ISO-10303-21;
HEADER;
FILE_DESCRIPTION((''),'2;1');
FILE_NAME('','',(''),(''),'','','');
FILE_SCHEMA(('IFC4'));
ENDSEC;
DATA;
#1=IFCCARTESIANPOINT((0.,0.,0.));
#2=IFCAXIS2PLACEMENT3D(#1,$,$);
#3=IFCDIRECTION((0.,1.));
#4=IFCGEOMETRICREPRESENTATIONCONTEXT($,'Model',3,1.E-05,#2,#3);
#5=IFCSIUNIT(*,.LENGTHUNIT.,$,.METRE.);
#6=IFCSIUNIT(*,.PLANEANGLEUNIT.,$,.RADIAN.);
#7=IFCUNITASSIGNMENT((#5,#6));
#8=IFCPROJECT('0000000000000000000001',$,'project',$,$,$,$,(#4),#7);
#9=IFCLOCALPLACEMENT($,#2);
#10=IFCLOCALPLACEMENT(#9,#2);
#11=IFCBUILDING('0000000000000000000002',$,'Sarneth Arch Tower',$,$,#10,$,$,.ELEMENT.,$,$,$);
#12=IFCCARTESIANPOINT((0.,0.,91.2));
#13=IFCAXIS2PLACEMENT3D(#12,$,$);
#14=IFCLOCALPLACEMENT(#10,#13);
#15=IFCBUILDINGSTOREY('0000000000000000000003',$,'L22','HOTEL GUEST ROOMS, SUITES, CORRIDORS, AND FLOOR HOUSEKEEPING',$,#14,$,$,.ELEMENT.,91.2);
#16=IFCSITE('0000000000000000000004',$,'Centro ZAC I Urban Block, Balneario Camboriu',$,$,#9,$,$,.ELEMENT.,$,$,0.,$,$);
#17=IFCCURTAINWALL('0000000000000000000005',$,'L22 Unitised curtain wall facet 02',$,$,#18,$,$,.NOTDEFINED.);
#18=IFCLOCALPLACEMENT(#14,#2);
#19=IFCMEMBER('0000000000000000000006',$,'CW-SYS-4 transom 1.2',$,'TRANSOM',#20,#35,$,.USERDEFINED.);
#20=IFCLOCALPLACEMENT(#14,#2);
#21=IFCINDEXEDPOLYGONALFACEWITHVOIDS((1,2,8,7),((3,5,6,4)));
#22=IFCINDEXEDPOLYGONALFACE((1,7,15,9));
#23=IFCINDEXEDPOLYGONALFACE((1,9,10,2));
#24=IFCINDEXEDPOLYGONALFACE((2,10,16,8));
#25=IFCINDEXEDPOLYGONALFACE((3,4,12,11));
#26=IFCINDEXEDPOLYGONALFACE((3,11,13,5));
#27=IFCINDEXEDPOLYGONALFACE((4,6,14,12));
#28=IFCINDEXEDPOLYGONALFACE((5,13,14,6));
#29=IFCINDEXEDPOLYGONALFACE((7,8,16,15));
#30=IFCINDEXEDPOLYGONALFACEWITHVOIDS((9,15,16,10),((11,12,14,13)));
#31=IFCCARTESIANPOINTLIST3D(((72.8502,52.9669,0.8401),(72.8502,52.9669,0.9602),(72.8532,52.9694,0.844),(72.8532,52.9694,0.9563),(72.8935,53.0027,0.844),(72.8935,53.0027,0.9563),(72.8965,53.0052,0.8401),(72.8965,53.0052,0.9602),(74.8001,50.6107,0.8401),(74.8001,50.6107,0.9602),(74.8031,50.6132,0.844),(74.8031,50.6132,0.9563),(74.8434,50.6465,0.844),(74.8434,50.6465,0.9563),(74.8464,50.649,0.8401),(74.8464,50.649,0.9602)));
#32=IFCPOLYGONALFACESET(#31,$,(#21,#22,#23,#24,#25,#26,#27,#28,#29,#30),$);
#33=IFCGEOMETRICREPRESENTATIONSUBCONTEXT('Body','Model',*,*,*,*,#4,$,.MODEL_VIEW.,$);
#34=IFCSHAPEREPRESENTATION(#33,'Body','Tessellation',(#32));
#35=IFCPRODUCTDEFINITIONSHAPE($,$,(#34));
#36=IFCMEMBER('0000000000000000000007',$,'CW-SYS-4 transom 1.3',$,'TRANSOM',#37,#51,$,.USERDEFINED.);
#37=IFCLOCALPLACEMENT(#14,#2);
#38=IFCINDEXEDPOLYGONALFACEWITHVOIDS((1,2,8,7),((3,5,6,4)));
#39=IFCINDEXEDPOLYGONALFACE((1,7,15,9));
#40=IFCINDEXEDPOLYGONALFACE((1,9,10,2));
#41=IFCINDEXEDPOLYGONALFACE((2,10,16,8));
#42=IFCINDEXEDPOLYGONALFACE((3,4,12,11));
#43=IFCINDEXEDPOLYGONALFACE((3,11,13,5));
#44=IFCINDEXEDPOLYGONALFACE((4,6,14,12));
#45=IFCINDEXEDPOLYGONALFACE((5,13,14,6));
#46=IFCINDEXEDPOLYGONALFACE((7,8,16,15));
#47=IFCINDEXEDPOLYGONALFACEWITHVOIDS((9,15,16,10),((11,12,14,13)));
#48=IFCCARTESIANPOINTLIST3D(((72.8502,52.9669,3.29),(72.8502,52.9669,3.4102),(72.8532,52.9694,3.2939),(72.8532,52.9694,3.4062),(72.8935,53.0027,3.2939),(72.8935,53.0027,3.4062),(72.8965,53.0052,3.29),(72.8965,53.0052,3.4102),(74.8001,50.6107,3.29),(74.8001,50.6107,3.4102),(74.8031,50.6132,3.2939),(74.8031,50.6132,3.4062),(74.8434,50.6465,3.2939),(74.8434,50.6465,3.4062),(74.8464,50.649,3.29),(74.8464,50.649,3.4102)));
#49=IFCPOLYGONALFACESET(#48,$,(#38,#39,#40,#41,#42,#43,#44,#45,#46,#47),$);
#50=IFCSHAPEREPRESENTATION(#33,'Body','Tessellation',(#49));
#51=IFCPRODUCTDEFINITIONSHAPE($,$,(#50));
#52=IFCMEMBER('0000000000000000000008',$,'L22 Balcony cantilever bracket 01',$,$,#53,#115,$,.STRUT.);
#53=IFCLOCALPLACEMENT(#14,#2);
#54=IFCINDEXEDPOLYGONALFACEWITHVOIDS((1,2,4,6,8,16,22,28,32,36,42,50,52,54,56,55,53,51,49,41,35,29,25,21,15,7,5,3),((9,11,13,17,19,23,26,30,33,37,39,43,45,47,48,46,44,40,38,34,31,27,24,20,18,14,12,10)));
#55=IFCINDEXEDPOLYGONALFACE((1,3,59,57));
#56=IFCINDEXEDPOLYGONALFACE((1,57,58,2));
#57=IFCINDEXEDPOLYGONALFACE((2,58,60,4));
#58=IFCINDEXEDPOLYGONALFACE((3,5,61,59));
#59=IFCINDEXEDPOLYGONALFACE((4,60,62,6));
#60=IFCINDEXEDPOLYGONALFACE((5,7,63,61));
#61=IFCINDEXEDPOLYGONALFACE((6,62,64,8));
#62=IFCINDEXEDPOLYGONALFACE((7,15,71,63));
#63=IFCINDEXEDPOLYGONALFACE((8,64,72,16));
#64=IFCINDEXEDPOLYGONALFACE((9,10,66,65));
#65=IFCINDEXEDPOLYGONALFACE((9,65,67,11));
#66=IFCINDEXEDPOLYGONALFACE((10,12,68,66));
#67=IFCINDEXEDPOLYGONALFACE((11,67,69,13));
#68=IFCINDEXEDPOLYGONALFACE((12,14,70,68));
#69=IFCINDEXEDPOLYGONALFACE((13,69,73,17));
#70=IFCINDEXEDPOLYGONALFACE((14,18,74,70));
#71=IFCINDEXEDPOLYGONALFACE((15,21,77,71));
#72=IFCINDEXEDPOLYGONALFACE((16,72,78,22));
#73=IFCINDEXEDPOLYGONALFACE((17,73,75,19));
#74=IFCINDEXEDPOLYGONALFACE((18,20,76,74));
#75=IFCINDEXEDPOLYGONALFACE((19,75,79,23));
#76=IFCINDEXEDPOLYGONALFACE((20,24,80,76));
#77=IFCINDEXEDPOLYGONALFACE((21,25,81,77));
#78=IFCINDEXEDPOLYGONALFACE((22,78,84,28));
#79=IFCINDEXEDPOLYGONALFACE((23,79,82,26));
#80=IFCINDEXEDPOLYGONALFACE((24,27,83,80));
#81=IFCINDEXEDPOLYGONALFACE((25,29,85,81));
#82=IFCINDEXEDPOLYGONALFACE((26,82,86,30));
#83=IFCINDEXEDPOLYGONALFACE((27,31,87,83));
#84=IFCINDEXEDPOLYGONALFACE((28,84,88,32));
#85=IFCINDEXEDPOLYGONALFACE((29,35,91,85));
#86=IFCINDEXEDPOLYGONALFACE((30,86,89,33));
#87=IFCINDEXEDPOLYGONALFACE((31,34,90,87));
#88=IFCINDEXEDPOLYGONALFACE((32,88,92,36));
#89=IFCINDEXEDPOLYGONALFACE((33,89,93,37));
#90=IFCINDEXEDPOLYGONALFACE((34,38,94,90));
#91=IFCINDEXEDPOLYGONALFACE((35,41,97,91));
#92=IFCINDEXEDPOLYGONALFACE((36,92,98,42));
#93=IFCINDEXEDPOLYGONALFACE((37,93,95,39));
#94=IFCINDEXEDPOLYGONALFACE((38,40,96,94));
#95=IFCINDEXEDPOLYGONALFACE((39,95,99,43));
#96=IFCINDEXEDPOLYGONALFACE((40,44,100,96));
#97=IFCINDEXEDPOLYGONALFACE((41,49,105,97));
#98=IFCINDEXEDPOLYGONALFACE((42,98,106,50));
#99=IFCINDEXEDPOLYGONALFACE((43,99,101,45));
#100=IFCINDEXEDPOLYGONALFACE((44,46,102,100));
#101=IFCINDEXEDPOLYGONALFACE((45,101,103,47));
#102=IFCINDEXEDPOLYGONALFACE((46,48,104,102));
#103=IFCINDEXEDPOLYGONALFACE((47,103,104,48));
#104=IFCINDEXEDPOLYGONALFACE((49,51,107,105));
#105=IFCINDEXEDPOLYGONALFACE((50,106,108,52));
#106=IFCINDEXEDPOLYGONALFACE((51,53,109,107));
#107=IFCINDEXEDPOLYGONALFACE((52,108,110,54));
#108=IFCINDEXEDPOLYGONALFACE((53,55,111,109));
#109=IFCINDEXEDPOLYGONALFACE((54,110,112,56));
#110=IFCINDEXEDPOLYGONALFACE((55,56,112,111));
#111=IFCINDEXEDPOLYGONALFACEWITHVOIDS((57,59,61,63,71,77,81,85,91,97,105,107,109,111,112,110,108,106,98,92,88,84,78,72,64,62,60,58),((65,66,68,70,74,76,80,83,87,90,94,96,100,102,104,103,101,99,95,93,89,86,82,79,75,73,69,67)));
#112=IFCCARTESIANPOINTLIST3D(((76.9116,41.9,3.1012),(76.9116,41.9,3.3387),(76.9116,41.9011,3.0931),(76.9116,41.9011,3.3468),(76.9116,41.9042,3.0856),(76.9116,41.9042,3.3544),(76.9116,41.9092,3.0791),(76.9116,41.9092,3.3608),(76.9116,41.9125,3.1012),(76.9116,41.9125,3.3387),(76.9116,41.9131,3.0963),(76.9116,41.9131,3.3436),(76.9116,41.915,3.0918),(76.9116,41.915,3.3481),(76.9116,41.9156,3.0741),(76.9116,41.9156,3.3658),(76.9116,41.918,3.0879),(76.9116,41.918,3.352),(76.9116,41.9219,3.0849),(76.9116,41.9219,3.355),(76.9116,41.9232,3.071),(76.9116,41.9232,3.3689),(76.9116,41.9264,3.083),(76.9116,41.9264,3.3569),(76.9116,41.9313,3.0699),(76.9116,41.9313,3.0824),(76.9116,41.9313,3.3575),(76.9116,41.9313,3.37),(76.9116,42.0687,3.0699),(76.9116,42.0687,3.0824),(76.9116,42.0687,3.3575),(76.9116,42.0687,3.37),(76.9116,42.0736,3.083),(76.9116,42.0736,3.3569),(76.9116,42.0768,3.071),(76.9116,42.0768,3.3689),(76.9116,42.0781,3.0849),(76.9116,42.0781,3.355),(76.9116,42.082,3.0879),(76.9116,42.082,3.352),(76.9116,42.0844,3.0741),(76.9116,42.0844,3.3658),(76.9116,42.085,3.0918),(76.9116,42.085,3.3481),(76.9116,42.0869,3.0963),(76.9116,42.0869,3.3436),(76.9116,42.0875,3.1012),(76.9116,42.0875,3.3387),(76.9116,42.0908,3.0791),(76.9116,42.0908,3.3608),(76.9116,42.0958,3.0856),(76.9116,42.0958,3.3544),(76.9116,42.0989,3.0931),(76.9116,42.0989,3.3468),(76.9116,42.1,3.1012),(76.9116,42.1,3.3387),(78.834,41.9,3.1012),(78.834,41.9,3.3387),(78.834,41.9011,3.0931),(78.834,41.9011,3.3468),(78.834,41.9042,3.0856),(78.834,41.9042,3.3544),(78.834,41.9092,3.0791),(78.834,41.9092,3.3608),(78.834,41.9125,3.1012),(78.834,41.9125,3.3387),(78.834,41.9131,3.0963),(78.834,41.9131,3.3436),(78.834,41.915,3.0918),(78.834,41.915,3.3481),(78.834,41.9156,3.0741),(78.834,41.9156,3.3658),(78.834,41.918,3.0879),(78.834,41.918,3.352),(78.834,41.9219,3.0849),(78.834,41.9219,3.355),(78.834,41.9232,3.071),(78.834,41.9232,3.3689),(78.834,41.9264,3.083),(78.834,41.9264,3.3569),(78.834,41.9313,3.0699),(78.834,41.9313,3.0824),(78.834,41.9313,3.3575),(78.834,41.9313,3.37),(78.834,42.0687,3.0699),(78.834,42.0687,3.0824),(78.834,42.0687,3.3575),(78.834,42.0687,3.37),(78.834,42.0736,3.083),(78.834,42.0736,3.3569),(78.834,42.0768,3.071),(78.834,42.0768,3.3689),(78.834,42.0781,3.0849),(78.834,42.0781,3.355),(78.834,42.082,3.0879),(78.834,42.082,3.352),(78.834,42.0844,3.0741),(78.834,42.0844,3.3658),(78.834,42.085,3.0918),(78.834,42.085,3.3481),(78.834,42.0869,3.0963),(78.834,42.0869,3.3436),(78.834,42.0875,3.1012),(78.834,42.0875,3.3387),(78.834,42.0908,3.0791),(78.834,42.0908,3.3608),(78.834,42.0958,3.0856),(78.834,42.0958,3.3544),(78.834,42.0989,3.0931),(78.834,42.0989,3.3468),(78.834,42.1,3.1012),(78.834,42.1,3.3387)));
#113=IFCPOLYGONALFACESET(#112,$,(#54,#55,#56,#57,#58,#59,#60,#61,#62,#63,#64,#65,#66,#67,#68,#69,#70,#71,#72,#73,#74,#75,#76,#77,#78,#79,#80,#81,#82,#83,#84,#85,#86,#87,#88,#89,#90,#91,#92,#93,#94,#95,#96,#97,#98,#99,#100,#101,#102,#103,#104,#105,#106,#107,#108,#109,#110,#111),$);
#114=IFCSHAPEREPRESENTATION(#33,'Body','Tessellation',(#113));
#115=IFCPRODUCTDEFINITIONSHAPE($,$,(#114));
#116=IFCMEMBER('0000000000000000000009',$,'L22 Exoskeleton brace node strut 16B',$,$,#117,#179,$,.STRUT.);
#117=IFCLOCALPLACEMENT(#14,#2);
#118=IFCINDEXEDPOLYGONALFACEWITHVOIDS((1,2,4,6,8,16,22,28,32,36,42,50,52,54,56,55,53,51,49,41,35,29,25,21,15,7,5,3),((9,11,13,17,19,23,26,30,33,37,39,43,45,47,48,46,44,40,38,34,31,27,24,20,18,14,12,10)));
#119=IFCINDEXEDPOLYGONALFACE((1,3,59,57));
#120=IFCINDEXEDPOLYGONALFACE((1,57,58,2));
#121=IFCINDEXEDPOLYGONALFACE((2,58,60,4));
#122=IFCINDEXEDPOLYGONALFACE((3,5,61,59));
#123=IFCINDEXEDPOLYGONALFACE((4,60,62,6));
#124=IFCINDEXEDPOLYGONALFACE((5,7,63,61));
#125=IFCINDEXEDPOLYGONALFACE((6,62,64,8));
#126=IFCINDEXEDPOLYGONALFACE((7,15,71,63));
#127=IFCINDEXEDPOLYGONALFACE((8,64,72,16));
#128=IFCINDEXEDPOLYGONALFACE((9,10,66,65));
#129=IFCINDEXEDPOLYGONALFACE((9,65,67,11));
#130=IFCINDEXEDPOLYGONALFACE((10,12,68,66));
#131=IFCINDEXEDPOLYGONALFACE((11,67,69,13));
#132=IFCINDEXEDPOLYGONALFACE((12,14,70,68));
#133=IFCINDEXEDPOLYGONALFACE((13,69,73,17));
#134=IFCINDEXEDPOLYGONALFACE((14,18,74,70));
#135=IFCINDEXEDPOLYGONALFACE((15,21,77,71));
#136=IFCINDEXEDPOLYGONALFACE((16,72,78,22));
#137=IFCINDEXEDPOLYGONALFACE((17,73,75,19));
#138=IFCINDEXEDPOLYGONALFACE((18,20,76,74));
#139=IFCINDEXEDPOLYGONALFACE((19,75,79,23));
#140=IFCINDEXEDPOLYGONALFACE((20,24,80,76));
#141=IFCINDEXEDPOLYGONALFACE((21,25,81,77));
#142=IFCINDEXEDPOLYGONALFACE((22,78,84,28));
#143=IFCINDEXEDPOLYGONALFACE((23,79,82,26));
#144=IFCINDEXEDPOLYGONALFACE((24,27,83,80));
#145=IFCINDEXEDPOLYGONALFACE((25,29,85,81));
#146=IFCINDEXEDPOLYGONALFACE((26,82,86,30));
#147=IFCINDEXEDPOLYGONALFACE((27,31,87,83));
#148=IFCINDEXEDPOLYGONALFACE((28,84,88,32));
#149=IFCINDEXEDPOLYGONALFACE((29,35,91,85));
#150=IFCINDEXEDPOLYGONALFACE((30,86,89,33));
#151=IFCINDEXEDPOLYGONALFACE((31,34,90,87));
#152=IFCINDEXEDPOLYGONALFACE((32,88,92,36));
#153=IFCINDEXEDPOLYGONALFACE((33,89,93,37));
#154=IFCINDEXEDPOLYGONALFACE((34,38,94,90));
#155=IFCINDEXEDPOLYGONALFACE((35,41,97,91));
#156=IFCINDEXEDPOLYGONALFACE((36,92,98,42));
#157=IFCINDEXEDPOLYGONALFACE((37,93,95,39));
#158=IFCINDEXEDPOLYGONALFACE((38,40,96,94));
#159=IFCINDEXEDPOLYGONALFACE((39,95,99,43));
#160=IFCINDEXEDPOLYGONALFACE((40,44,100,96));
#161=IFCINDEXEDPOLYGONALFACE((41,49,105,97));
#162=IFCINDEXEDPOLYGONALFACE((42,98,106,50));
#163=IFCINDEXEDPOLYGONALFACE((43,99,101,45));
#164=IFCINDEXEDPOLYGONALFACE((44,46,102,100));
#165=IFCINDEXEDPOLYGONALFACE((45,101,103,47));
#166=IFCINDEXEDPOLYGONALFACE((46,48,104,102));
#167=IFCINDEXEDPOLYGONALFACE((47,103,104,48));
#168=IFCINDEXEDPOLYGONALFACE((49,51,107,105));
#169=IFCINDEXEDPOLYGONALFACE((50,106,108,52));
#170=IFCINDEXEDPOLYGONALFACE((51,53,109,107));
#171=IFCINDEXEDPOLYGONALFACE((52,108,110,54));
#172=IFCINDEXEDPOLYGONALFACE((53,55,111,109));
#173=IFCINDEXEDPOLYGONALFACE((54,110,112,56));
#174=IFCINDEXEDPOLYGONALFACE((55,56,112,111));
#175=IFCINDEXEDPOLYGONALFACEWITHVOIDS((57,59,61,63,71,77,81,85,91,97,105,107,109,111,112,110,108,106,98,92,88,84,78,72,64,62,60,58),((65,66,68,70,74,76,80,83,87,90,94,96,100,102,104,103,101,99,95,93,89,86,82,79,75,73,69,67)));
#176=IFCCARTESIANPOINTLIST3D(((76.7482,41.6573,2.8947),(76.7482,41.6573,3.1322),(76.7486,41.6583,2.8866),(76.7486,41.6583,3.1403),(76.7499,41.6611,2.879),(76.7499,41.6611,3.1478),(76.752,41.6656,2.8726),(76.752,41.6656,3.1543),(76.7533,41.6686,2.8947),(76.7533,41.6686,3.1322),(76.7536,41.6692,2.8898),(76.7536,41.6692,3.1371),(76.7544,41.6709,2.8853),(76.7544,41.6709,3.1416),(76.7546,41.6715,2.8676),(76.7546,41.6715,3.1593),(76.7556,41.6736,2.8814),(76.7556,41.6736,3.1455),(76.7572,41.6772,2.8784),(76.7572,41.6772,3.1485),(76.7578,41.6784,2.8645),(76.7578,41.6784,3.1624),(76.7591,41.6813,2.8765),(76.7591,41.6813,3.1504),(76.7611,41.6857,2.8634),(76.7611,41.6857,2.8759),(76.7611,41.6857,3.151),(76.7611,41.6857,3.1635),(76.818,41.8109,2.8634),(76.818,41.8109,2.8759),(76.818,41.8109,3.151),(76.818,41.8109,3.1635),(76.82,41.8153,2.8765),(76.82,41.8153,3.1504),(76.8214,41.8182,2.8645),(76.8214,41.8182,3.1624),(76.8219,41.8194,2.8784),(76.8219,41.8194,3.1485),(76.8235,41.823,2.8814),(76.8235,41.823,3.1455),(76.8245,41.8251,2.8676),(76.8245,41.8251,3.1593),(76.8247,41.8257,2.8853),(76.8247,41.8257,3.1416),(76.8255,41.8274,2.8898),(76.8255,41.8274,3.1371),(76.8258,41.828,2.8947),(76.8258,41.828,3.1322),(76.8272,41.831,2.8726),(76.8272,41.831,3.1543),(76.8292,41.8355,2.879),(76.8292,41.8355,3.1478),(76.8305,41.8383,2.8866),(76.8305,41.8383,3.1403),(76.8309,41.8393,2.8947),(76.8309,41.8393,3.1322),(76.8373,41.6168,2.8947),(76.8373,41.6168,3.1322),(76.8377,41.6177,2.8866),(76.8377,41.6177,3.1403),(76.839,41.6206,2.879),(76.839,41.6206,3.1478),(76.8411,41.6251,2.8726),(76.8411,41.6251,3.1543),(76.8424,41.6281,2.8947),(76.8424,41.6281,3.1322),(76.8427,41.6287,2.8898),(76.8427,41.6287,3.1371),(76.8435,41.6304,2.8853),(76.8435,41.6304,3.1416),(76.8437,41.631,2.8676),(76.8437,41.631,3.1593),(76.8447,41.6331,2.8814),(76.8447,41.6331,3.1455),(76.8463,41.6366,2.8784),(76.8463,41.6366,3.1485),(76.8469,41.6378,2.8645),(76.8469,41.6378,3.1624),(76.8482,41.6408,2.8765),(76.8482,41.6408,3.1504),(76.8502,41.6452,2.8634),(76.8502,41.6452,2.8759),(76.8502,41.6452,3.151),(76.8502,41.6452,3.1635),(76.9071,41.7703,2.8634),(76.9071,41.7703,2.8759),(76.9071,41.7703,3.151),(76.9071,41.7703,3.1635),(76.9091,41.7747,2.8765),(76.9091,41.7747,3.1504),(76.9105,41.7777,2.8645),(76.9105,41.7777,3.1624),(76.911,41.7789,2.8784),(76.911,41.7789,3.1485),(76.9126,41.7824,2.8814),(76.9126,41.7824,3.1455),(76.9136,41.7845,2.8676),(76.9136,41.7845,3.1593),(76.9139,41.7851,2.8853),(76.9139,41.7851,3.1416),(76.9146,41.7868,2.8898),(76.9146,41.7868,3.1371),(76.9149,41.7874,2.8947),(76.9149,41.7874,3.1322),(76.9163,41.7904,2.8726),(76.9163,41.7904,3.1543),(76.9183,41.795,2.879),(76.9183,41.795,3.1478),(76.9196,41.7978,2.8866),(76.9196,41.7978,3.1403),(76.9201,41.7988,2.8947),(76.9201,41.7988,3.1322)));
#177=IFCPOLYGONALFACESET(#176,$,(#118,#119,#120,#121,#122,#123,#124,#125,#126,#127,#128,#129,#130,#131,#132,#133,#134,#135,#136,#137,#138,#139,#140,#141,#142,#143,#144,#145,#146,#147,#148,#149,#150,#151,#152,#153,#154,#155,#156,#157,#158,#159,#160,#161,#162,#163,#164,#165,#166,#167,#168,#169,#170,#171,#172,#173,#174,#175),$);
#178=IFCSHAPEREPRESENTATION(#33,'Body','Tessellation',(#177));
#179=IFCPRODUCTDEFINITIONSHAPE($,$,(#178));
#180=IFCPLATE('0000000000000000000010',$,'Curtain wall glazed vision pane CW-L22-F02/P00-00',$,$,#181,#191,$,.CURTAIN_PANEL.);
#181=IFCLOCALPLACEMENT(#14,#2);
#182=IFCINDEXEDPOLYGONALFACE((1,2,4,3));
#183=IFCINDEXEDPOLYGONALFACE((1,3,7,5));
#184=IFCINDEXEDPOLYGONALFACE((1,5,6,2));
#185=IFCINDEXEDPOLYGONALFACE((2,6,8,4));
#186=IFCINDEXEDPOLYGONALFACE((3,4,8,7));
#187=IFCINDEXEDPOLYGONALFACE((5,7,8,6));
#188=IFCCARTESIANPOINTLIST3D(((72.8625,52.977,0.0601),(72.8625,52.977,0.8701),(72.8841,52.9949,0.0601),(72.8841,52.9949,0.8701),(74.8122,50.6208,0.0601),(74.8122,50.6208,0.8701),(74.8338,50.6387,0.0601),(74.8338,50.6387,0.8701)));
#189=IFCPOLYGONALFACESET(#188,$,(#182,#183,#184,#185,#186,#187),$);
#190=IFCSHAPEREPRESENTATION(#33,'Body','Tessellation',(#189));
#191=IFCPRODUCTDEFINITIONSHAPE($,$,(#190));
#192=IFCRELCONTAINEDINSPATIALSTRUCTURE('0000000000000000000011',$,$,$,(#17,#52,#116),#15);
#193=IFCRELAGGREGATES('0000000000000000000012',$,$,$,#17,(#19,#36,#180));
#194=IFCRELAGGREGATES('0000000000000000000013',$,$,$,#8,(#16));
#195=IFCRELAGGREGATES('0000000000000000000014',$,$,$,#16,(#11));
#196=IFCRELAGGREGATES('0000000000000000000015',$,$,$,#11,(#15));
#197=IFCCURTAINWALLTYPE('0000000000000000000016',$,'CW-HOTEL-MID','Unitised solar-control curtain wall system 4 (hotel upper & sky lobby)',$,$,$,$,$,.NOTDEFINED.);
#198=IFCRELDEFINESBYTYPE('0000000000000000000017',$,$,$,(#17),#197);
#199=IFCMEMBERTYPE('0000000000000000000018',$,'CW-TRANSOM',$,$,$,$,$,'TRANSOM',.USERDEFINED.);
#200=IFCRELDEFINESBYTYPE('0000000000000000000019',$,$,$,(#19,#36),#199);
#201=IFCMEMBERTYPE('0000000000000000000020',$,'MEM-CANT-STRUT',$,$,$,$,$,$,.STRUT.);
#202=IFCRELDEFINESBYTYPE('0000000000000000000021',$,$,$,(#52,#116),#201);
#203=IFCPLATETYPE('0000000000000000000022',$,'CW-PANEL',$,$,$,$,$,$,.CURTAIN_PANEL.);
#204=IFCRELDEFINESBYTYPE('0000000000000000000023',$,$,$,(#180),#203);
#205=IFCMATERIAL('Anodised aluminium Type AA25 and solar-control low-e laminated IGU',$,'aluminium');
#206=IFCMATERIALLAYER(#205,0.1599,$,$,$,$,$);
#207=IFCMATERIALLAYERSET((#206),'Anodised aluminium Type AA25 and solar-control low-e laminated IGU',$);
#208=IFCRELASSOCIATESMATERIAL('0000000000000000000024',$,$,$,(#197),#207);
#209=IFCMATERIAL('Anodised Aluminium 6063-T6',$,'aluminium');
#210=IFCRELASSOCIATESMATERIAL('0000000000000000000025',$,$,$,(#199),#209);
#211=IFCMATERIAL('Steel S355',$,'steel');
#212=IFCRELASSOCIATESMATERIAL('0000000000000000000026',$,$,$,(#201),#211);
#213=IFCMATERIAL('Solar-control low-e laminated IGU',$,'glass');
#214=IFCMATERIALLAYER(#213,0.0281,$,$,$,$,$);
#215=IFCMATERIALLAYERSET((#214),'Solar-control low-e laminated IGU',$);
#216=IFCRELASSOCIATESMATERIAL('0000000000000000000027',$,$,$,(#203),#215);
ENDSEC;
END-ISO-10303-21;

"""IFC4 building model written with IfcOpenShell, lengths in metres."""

from ifc_helpers import new_model, si_unit, direction, frame, origin, origin_2d, place, context, subcontext, project, spatial, rectangle, hollow_rectangle, extrude, material, layer, layer_set, material_profile, profile_set, type_object, element, aggregate, save


model = new_model("IFC4")

# Units and contexts
model_context = context("Model", 3, precision=1e-05, world=origin(), true_north=direction((0.0, 1.0)))
body_context = subcontext(model_context, "Body", "Model", "MODEL_VIEW")
ifc_project = project(units=[si_unit("LENGTHUNIT", "METRE"), si_unit("PLANEANGLEUNIT", "RADIAN")], contexts=[model_context])

# Site, building, storey
site_placement = place(None, origin())
site = spatial("IfcSite", under=ifc_project, at=site_placement, Name="Centro ZAC I Urban Block, Balneario Camboriu", CompositionType="ELEMENT", RefElevation=0.0)
building_placement = place(site_placement, origin())
building = spatial("IfcBuilding", under=site, at=building_placement, Name="Sarneth Arch Tower", CompositionType="ELEMENT")
storey_placement = place(building_placement, frame((0.0, 0.0, 91.2)))
storey = spatial("IfcBuildingStorey", under=building, at=storey_placement, Name="L22", Description="HOTEL GUEST ROOMS, SUITES, CORRIDORS, AND FLOOR HOUSEKEEPING", CompositionType="ELEMENT", Elevation=91.2)

# Curtain wall, members
ifc_material_1 = material(Name="Anodised aluminium Type AA25 and solar-control low-e laminated IGU", Category="aluminium")
ifc_layer_1 = layer(ifc_material_1, 0.1599)
ifc_layer_set_1 = layer_set([ifc_layer_1], Name="Anodised aluminium Type AA25 and solar-control low-e laminated IGU")
curtain_wall_type = type_object("IfcCurtainWallType", Name="CW-HOTEL-MID", Description="Unitised solar-control curtain wall system 4 (hotel upper & sky lobby)", PredefinedType="NOTDEFINED", material=ifc_layer_set_1)
curtain_wall_placement = place(storey_placement, origin())
curtain_wall = element("IfcCurtainWall", 1, at=curtain_wall_placement, inside=storey, type_object=curtain_wall_type, Name="L22 Unitised curtain wall facet 02", PredefinedType="NOTDEFINED")
ifc_material_2 = material(Name="Anodised Aluminium 6063-T6", Category="aluminium")
ifc_material_profile_1 = material_profile(ifc_material_2, hollow_rectangle(XDim=0.0601, YDim=0.1201, WallThickness=0.0039, at=origin_2d()), Name="AL-TRAN-120x60x4")
ifc_profile_set_1 = profile_set([ifc_material_profile_1], Name="Anodised Aluminium 6063-T6")
member_type_1 = type_object("IfcMemberType", Name="CW-TRANSOM", ElementType="TRANSOM", PredefinedType="USERDEFINED", material=ifc_profile_set_1)
member_1_placement = place(storey_placement, frame((74.8232, 50.6299, 0.9001), z_axis=(-0.637566, 0.770396, 0.0), x_axis=(-0.770396, -0.637566, 0.0)))
member_1 = element("IfcMember", 2, at=member_1_placement, type_object=member_type_1, Name="CW-SYS-4 transom 1.2", ObjectType="TRANSOM", PredefinedType="USERDEFINED", context=body_context, shape_type="SweptSolid", body=[
    extrude(hollow_rectangle(XDim=0.0601, YDim=0.1201, WallThickness=0.0039, at=origin_2d()), origin(), (0.0, 0.0, 1.0), 3.0583),
])
member_2_placement = place(storey_placement, frame((74.8232, 50.6299, 3.3501), z_axis=(-0.637566, 0.770396, 0.0), x_axis=(-0.770396, -0.637566, 0.0)))
member_2 = element("IfcMember", 3, at=member_2_placement, type_object=member_type_1, Name="CW-SYS-4 transom 1.3", ObjectType="TRANSOM", PredefinedType="USERDEFINED", context=body_context, shape_type="SweptSolid", body=[
    extrude(hollow_rectangle(XDim=0.0601, YDim=0.1201, WallThickness=0.0039, at=origin_2d()), origin(), (0.0, 0.0, 1.0), 3.0583),
])

# Members
ifc_material_3 = material(Name="Steel S355", Category="steel")
ifc_material_profile_2 = material_profile(ifc_material_3, hollow_rectangle(XDim=0.2, YDim=0.3, WallThickness=0.0125, InnerFilletRadius=0.0188, OuterFilletRadius=0.0312, at=origin_2d()), Name="RHS300x200x12.5")
ifc_profile_set_2 = profile_set([ifc_material_profile_2], Name="Steel S355")
member_type_2 = type_object("IfcMemberType", Name="MEM-CANT-STRUT", PredefinedType="STRUT", material=ifc_profile_set_2)
member_3_placement = place(storey_placement, frame((76.9116, 42.0, 3.22), z_axis=(1.0, 0.0, 0.0), x_axis=(0.0, 1.0, 0.0)))
element("IfcMember", 4, at=member_3_placement, inside=storey, type_object=member_type_2, Name="L22 Balcony cantilever bracket 01", PredefinedType="STRUT", context=body_context, shape_type="SweptSolid", body=[
    extrude(hollow_rectangle(XDim=0.2, YDim=0.3, WallThickness=0.0125, InnerFilletRadius=0.0188, OuterFilletRadius=0.0312, at=origin_2d()), origin(), (0.0, 0.0, 1.0), 1.9224),
])
member_4_placement = place(storey_placement, frame((76.7896, 41.7483, 3.0134), z_axis=(0.910281, -0.413991, 0.0), x_axis=(0.413991, 0.910281, 0.0)))
element("IfcMember", 5, at=member_4_placement, inside=storey, type_object=member_type_2, Name="L22 Exoskeleton brace node strut 16B", PredefinedType="STRUT", context=body_context, shape_type="SweptSolid", body=[
    extrude(hollow_rectangle(XDim=0.2, YDim=0.3, WallThickness=0.0125, InnerFilletRadius=0.0188, OuterFilletRadius=0.0312, at=origin_2d()), origin(), (0.0, 0.0, 1.0), 0.0979),
])

# Plate
ifc_material_4 = material(Name="Solar-control low-e laminated IGU", Category="glass")
ifc_layer_2 = layer(ifc_material_4, 0.0281)
ifc_layer_set_2 = layer_set([ifc_layer_2], Name="Solar-control low-e laminated IGU")
plate_type_1 = type_object("IfcPlateType", Name="CW-PANEL", PredefinedType="CURTAIN_PANEL", material=ifc_layer_set_2)
plate_1_placement = place(storey_placement, frame((73.8481, 51.8079, 0.0601), z_axis=(0.0, 0.0, 1.0), x_axis=(-0.637515, 0.770438, 0.0)))
plate_1 = element("IfcPlate", 6, at=plate_1_placement, type_object=plate_type_1, Name="Curtain wall glazed vision pane CW-L22-F02/P00-00", PredefinedType="CURTAIN_PANEL", context=body_context, shape_type="SweptSolid", body=[
    extrude(rectangle(XDim=3.0583, YDim=0.0281, at=origin_2d()), origin(), (0.0, 0.0, 1.0), 0.8101),
])
aggregate(curtain_wall, [member_1, member_2, plate_1])

save(model, "model.ifc")
